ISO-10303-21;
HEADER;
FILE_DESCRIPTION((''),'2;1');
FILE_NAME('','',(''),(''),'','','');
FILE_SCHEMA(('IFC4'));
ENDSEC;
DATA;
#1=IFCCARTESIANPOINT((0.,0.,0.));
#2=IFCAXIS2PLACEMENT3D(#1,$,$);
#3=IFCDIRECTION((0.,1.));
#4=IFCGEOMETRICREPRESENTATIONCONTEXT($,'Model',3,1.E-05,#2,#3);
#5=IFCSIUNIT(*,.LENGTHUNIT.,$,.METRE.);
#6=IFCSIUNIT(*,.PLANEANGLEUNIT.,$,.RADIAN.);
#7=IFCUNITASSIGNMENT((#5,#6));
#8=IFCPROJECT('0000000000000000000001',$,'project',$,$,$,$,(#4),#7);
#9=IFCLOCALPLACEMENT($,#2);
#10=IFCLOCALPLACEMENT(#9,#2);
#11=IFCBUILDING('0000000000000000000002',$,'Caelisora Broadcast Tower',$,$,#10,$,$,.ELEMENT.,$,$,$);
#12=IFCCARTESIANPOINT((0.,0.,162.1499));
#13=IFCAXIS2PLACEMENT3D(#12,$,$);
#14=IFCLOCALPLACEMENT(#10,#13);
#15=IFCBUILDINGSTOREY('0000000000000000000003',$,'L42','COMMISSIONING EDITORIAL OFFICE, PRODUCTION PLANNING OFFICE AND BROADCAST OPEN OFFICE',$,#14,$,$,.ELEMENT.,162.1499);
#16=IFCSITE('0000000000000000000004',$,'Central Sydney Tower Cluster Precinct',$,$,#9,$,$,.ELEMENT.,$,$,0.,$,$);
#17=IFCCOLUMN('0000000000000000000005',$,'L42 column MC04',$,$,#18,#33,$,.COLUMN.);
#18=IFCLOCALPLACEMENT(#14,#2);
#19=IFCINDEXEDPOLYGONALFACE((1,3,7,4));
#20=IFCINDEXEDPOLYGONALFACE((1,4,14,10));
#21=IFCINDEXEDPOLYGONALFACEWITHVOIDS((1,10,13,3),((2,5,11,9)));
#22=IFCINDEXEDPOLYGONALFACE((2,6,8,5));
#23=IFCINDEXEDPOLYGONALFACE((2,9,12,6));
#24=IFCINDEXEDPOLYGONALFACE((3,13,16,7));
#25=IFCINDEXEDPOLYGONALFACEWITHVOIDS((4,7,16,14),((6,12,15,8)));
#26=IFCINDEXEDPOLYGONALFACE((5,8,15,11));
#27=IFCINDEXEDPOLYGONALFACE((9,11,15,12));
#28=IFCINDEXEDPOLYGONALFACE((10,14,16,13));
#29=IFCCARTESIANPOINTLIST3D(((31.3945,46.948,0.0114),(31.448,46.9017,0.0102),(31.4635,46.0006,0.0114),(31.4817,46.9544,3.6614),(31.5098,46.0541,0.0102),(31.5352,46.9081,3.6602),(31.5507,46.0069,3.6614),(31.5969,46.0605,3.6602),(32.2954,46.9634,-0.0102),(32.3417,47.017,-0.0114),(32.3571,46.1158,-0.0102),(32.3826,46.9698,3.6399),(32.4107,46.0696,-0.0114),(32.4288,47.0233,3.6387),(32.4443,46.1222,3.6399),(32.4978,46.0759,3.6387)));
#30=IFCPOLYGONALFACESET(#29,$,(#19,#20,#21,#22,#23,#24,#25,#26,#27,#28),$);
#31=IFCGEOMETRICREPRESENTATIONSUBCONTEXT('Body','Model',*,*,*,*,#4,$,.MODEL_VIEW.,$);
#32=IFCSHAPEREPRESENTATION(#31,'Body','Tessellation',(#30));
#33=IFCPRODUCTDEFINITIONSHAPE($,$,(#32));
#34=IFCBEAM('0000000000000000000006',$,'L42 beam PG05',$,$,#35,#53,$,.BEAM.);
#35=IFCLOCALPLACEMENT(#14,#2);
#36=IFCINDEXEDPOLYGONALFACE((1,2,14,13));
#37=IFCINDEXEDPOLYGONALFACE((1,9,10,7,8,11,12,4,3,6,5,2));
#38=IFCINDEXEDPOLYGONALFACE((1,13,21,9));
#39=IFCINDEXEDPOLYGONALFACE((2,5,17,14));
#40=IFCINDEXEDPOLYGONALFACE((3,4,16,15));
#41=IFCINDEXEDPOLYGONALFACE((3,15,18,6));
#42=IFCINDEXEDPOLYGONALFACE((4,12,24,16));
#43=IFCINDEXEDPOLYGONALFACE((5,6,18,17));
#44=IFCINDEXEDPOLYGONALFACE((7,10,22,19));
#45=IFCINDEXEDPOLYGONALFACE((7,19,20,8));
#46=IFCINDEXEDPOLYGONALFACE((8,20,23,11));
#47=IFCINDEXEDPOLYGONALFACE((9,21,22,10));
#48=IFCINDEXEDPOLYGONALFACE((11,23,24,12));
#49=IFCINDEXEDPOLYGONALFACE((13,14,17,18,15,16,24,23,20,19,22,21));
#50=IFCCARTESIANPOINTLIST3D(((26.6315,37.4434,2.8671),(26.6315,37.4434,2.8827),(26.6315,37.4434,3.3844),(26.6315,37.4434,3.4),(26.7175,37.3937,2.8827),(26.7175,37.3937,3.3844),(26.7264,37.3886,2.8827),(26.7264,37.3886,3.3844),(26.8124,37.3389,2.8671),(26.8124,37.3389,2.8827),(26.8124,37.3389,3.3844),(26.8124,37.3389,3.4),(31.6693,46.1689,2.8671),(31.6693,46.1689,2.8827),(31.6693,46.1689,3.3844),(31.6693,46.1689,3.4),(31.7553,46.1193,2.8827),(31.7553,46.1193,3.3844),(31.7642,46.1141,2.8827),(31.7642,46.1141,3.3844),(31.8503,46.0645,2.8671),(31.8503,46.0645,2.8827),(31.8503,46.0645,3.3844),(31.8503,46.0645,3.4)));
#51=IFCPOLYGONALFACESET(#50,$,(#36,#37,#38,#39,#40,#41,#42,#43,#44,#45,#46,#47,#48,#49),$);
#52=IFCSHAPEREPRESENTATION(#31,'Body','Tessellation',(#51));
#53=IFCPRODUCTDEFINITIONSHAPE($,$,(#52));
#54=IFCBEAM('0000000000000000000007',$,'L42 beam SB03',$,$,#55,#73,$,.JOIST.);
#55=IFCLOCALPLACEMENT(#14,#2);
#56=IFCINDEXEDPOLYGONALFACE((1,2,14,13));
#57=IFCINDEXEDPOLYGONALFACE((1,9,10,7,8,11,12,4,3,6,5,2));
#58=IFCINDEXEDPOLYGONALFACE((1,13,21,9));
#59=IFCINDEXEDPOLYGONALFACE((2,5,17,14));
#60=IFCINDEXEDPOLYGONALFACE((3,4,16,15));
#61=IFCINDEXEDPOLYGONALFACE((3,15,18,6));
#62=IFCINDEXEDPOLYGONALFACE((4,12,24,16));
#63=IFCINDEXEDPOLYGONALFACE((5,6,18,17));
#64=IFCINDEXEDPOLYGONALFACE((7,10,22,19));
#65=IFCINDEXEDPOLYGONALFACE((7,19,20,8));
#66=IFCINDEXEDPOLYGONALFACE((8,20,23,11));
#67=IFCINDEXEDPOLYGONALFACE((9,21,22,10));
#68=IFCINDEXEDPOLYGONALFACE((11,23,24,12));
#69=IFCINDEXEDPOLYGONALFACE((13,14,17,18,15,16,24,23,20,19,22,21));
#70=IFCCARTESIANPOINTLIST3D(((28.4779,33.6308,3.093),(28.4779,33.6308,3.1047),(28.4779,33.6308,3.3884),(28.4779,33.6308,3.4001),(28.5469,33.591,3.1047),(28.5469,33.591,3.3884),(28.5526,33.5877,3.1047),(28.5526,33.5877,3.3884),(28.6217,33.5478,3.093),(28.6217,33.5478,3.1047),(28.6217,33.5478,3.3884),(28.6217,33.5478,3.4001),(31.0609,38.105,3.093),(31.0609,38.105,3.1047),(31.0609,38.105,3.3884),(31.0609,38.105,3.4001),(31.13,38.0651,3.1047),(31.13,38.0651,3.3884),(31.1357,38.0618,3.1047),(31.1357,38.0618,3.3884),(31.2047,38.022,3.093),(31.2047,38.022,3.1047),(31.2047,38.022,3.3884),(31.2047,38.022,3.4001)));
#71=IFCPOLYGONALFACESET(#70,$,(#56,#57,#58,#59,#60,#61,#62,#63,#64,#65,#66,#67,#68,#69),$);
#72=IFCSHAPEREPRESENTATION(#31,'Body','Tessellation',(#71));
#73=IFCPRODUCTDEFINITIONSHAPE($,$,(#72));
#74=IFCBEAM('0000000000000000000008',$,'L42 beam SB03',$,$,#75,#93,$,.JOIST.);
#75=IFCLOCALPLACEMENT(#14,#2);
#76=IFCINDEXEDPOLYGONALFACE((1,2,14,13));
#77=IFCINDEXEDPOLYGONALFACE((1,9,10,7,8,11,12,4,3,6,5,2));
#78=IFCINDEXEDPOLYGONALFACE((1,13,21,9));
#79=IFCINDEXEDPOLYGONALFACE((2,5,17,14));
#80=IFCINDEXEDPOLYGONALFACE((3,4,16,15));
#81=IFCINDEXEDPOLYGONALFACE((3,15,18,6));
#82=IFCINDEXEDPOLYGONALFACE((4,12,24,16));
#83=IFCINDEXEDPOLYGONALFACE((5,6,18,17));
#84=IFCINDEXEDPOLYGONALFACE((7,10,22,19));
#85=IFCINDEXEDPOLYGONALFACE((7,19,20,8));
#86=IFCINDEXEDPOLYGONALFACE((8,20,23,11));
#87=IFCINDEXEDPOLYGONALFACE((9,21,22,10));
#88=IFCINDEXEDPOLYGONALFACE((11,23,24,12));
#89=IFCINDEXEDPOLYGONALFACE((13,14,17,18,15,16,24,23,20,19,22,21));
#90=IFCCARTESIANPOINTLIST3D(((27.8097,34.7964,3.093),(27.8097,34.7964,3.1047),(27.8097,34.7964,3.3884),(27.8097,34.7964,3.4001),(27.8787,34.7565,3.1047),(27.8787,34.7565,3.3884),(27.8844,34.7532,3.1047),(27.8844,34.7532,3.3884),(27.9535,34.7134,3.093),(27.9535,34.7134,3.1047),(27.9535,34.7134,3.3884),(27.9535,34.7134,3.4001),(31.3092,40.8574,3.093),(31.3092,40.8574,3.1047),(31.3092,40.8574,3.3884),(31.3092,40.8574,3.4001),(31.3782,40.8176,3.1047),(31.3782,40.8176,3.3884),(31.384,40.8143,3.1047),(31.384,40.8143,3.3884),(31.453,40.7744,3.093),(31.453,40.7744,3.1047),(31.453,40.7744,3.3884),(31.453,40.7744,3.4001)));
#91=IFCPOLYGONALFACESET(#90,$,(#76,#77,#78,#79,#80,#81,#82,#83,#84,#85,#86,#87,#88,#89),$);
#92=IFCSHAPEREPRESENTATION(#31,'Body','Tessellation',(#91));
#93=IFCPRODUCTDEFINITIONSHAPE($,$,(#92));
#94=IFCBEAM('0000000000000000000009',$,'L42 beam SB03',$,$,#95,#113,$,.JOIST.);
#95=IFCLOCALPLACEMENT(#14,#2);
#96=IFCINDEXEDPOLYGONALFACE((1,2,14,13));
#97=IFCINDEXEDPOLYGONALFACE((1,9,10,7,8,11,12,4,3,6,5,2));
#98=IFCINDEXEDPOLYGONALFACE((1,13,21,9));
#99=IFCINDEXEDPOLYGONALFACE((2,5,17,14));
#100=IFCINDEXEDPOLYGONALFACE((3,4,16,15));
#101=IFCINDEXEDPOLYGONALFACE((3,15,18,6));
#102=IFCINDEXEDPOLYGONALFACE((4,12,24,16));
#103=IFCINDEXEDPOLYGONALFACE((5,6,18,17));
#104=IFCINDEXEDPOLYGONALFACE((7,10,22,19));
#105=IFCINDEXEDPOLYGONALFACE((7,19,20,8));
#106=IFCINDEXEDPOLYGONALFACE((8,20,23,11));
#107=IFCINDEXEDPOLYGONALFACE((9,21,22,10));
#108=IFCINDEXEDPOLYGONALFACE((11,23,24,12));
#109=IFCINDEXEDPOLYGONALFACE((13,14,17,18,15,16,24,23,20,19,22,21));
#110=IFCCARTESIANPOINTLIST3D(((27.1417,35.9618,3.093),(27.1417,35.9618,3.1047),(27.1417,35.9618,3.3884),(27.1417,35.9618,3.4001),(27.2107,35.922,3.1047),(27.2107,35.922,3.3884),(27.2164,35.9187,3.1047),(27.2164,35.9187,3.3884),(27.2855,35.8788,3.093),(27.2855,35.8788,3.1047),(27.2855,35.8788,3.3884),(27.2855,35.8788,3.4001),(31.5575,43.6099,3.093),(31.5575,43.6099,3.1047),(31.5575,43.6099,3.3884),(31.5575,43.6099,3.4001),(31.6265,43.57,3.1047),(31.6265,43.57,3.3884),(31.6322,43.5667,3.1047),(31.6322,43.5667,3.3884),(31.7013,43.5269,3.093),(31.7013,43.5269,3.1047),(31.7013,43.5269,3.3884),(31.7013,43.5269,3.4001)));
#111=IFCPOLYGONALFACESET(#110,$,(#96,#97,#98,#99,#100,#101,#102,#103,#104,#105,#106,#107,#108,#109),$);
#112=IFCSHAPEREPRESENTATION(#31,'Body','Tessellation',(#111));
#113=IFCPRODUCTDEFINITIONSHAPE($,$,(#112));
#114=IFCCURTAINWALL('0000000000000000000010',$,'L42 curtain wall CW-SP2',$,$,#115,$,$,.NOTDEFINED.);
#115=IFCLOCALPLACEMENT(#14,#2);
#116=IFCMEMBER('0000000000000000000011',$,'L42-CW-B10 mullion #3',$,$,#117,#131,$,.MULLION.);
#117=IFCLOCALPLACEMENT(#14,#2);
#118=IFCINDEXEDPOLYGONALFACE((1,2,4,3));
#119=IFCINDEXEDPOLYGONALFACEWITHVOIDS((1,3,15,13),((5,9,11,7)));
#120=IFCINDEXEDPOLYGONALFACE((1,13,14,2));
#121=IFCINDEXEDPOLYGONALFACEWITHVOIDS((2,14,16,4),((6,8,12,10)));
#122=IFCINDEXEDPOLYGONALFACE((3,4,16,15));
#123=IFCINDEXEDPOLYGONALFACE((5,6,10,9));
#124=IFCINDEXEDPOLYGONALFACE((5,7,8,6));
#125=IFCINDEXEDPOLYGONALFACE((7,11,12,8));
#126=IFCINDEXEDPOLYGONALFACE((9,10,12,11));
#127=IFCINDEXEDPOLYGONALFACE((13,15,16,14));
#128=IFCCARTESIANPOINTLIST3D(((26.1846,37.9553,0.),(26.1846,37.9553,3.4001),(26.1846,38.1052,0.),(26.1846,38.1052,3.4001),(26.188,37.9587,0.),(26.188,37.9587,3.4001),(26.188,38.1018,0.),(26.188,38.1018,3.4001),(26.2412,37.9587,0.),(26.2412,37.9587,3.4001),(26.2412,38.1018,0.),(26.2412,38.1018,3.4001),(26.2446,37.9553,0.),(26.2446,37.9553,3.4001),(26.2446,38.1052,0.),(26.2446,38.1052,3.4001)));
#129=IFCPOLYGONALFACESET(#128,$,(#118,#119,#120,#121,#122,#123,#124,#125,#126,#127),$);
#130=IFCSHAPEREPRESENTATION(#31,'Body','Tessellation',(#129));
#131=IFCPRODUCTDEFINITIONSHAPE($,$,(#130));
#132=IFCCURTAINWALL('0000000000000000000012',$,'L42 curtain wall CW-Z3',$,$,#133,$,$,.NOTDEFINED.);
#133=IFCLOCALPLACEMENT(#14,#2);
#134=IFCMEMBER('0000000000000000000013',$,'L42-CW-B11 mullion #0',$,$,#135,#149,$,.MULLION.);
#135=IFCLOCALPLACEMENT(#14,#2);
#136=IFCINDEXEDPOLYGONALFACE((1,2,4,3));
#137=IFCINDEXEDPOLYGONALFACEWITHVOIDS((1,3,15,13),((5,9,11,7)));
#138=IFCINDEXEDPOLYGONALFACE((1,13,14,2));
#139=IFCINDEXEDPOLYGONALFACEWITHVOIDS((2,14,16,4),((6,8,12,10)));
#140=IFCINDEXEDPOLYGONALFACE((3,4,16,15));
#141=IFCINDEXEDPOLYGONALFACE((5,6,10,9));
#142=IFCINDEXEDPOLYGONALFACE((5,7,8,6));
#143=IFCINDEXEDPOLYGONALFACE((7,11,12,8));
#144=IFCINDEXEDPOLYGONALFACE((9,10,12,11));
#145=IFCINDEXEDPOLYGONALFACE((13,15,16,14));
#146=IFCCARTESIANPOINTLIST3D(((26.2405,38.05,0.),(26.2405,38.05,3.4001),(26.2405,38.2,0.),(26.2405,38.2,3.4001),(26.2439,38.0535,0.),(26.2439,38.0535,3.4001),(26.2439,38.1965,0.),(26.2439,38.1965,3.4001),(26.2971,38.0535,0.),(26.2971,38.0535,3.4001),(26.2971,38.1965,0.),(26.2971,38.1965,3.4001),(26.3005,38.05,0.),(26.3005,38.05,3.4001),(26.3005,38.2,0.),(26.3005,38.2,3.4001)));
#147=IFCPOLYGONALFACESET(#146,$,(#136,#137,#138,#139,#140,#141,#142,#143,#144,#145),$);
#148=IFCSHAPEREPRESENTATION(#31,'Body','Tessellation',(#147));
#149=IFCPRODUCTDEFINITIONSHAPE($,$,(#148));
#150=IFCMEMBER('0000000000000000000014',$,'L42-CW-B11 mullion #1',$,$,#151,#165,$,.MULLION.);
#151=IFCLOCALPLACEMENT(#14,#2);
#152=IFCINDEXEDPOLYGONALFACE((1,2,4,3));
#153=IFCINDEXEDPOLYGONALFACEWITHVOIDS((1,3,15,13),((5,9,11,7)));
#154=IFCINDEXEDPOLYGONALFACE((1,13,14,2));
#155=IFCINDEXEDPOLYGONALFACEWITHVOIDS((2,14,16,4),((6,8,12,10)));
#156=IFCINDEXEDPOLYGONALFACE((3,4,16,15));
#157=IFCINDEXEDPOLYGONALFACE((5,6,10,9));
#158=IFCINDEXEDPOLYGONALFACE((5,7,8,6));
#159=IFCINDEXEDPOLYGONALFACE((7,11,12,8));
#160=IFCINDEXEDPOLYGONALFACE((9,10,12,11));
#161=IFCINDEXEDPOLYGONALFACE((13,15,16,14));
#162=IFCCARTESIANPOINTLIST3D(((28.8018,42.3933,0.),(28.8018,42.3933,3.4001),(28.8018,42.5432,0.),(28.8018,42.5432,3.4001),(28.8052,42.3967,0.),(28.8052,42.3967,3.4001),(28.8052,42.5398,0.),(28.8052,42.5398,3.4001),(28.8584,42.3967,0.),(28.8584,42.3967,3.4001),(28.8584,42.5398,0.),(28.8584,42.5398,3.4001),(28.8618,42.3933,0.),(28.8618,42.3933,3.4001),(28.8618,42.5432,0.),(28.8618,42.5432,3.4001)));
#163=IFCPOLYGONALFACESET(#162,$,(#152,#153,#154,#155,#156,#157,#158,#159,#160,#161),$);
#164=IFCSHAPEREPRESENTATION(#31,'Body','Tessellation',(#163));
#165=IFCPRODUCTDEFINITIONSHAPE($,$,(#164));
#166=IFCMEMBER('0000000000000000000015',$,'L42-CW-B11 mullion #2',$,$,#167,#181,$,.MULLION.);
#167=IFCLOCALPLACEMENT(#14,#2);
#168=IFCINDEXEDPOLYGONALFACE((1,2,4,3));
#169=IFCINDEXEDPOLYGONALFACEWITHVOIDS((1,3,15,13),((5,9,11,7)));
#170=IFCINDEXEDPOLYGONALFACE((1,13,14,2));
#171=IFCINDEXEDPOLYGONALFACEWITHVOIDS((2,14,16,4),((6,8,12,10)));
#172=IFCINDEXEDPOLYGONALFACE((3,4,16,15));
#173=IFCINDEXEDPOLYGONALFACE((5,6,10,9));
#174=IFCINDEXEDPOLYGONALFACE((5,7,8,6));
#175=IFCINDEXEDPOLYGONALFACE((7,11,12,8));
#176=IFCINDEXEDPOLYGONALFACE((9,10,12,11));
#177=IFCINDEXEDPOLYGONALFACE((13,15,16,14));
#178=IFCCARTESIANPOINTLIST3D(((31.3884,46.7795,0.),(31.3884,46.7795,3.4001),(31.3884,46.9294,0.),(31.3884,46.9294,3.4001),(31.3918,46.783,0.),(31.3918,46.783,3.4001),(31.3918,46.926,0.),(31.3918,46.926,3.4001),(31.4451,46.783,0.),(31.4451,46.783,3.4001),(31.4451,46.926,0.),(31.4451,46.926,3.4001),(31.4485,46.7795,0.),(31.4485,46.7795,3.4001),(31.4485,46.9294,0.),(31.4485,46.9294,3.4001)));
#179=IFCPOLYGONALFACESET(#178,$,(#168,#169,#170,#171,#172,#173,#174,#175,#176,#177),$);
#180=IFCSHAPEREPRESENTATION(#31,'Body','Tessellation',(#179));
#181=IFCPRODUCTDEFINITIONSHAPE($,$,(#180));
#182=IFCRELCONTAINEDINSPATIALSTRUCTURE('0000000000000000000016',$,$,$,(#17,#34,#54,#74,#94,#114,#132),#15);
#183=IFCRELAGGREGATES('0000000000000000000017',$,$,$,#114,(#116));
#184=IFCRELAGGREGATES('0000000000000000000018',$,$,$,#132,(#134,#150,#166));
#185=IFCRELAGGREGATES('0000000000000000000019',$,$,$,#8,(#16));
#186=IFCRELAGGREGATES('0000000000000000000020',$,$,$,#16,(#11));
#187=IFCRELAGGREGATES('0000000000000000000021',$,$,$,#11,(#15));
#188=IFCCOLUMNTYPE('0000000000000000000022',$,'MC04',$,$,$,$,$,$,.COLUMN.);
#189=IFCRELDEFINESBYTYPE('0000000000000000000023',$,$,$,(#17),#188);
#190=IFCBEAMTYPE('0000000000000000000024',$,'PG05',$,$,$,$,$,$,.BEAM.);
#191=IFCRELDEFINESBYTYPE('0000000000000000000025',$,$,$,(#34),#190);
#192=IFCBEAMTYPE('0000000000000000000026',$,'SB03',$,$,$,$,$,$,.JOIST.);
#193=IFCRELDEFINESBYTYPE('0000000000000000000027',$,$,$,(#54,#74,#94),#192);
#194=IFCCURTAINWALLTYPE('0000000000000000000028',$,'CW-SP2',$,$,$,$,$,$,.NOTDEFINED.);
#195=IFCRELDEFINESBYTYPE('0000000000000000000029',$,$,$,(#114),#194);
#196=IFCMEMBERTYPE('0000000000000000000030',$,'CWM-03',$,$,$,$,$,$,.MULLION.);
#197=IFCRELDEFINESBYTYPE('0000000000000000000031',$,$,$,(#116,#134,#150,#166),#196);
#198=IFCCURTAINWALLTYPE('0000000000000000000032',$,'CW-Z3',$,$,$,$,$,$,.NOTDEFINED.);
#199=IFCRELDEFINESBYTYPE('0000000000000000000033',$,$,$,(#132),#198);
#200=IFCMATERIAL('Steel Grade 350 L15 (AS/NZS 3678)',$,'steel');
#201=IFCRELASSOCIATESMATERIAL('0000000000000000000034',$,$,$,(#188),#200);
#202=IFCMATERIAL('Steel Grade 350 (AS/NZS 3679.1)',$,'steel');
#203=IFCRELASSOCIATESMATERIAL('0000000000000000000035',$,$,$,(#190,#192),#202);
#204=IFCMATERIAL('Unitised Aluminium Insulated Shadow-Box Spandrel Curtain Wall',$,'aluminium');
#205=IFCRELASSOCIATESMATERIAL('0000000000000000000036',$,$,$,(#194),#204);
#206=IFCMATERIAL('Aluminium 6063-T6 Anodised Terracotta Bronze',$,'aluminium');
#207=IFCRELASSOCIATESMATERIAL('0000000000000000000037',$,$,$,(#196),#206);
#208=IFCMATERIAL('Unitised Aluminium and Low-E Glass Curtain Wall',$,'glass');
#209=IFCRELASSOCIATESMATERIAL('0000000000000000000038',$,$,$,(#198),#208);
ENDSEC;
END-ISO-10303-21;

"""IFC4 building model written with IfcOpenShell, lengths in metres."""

from ifc_helpers import new_model, si_unit, direction, frame, origin, origin_2d, place, context, subcontext, project, spatial, hollow_rectangle, i_section, extrude, source, transform, mapped, material, material_profile, profile_set, type_object, type_shapes, element, aggregate, save


model = new_model("IFC4")

# Units and contexts
model_context = context("Model", 3, precision=1e-05, world=origin(), true_north=direction((0.0, 1.0)))
body_context = subcontext(model_context, "Body", "Model", "MODEL_VIEW")
ifc_project = project(units=[si_unit("LENGTHUNIT", "METRE"), si_unit("PLANEANGLEUNIT", "RADIAN")], contexts=[model_context])

# Site, building, storey
site_placement = place(None, origin())
site = spatial("IfcSite", under=ifc_project, at=site_placement, Name="Central Sydney Tower Cluster Precinct", CompositionType="ELEMENT", RefElevation=0.0)
building_placement = place(site_placement, origin())
building = spatial("IfcBuilding", under=site, at=building_placement, Name="Caelisora Broadcast Tower", CompositionType="ELEMENT")
storey_placement = place(building_placement, frame((0.0, 0.0, 162.1499)))
storey = spatial("IfcBuildingStorey", under=building, at=storey_placement, Name="L42", Description="COMMISSIONING EDITORIAL OFFICE, PRODUCTION PLANNING OFFICE AND BROADCAST OPEN OFFICE", CompositionType="ELEMENT", Elevation=162.1499)

# Column
ifc_material_1 = material(Name="Steel Grade 350 L15 (AS/NZS 3678)", Category="steel")
ifc_material_profile_1 = material_profile(ifc_material_1, hollow_rectangle(XDim=0.95, YDim=0.95, WallThickness=0.05, at=origin_2d()), Name="Steel Grade 350 L15 (AS/NZS 3678)")
ifc_profile_set_1 = profile_set([ifc_material_profile_1], Name="Steel Grade 350 L15 (AS/NZS 3678)")
column_type = type_object("IfcColumnType", Name="MC04", PredefinedType="COLUMN", material=ifc_profile_set_1)
shared_shape_1 = source(origin(), body_context, "Body", "SweptSolid", [
    extrude(hollow_rectangle(XDim=0.95, YDim=0.95, WallThickness=0.05, at=origin_2d()), origin(), (0.0, 0.0, 1.0), 3.6511),
])
type_shapes(column_type, [shared_shape_1])
column_placement = place(storey_placement, frame((31.9026, 46.5088, 0.0), z_axis=(0.023871, 0.001739, 0.999714), x_axis=(-0.072637, 0.997358, 0.0)))
element("IfcColumn", 1, at=column_placement, inside=storey, type_object=column_type, Name="L42 column MC04", PredefinedType="COLUMN", context=body_context, shape_type="MappedRepresentation", body=[
    mapped(shared_shape_1, transform((0.0, 0.0, 0.0), scale=1.0)),
])

# Beams
ifc_material_2 = material(Name="Steel Grade 350 (AS/NZS 3679.1)", Category="steel")
ifc_material_profile_2 = material_profile(ifc_material_2, i_section(OverallWidth=0.209, OverallDepth=0.533, WebThickness=0.0103, FlangeThickness=0.0156, at=origin_2d()), Name="Steel Grade 350 (AS/NZS 3679.1)")
ifc_profile_set_2 = profile_set([ifc_material_profile_2], Name="Steel Grade 350 (AS/NZS 3679.1)")
beam_type_1 = type_object("IfcBeamType", Name="PG05", PredefinedType="BEAM", material=ifc_profile_set_2)
shared_shape_2 = source(origin(), body_context, "Body", "SweptSolid", [
    extrude(i_section(OverallWidth=0.209, OverallDepth=0.533, WebThickness=0.0103, FlangeThickness=0.0156, at=origin_2d()), origin(), (0.0, 0.0, 1.0), 10.0754),
])
type_shapes(beam_type_1, [shared_shape_2])
beam_1_placement = place(storey_placement, frame((31.7598, 46.1167, 3.1335), z_axis=(-0.500009, -0.86602, 0.0), x_axis=(0.86602, -0.500009, 0.0)))
element("IfcBeam", 2, at=beam_1_placement, inside=storey, type_object=beam_type_1, Name="L42 beam PG05", PredefinedType="BEAM", context=body_context, shape_type="MappedRepresentation", body=[
    mapped(shared_shape_2, transform((0.0, 0.0, 0.0), scale=1.0)),
])
ifc_material_profile_3 = material_profile(ifc_material_2, i_section(OverallWidth=0.166, OverallDepth=0.3071, WebThickness=0.0066, FlangeThickness=0.0117, at=origin_2d()), Name="Steel Grade 350 (AS/NZS 3679.1)")
ifc_profile_set_3 = profile_set([ifc_material_profile_3], Name="Steel Grade 350 (AS/NZS 3679.1)")
beam_type_2 = type_object("IfcBeamType", Name="SB03", PredefinedType="JOIST", material=ifc_profile_set_3)
shared_shape_3 = source(origin(), body_context, "Body", "SweptSolid", [
    extrude(i_section(OverallWidth=0.166, OverallDepth=0.3071, WebThickness=0.0066, FlangeThickness=0.0117, at=origin_2d()), origin(), (0.0, 0.0, 1.0), 5.1663),
])
beam_2_placement = place(storey_placement, frame((31.1328, 38.0635, 3.2466), z_axis=(-0.499982, -0.866036, 0.0), x_axis=(0.866036, -0.499982, 0.0)))
element("IfcBeam", 3, at=beam_2_placement, inside=storey, type_object=beam_type_2, Name="L42 beam SB03", PredefinedType="JOIST", context=body_context, shape_type="MappedRepresentation", body=[
    mapped(shared_shape_3, transform((0.0, 0.0, 0.0), scale=1.0)),
])
shared_shape_4 = source(origin(), body_context, "Body", "SweptSolid", [
    extrude(i_section(OverallWidth=0.166, OverallDepth=0.3071, WebThickness=0.0066, FlangeThickness=0.0117, at=origin_2d()), origin(), (0.0, 0.0, 1.0), 6.9988),
])
beam_3_placement = place(storey_placement, frame((31.3811, 40.8159, 3.2466), z_axis=(-0.500018, -0.866015, 0.0), x_axis=(0.866015, -0.500018, 0.0)))
element("IfcBeam", 4, at=beam_3_placement, inside=storey, type_object=beam_type_2, Name="L42 beam SB03", PredefinedType="JOIST", context=body_context, shape_type="MappedRepresentation", body=[
    mapped(shared_shape_4, transform((0.0, 0.0, 0.0), scale=1.0)),
])
shared_shape_5 = source(origin(), body_context, "Body", "SweptSolid", [
    extrude(i_section(OverallWidth=0.166, OverallDepth=0.3071, WebThickness=0.0066, FlangeThickness=0.0117, at=origin_2d()), origin(), (0.0, 0.0, 1.0), 8.8313),
])
type_shapes(beam_type_2, [shared_shape_3, shared_shape_4, shared_shape_5])
beam_4_placement = place(storey_placement, frame((31.6294, 43.5684, 3.2466), z_axis=(-0.500019, -0.866014, 0.0), x_axis=(0.866014, -0.500019, 0.0)))
element("IfcBeam", 5, at=beam_4_placement, inside=storey, type_object=beam_type_2, Name="L42 beam SB03", PredefinedType="JOIST", context=body_context, shape_type="MappedRepresentation", body=[
    mapped(shared_shape_5, transform((0.0, 0.0, 0.0), scale=1.0)),
])

# Curtain wall, member
ifc_material_3 = material(Name="Unitised Aluminium Insulated Shadow-Box Spandrel Curtain Wall", Category="aluminium")
curtain_wall_type_1 = type_object("IfcCurtainWallType", Name="CW-SP2", PredefinedType="NOTDEFINED", material=ifc_material_3)
curtain_wall_1_placement = place(storey_placement, origin())
curtain_wall_1 = element("IfcCurtainWall", 6, at=curtain_wall_1_placement, inside=storey, type_object=curtain_wall_type_1, Name="L42 curtain wall CW-SP2", PredefinedType="NOTDEFINED")
ifc_material_4 = material(Name="Aluminium 6063-T6 Anodised Terracotta Bronze", Category="aluminium")
ifc_material_profile_4 = material_profile(ifc_material_4, hollow_rectangle(XDim=0.0601, YDim=0.1499, WallThickness=0.0034, at=origin_2d()), Name="Aluminium 6063-T6 Anodised Terracotta Bronze")
ifc_profile_set_4 = profile_set([ifc_material_profile_4], Name="Aluminium 6063-T6 Anodised Terracotta Bronze")
member_type_1 = type_object("IfcMemberType", Name="CWM-03", PredefinedType="MULLION", material=ifc_profile_set_4)
shared_shape_6 = source(origin(), body_context, "Body", "SweptSolid", [
    extrude(hollow_rectangle(XDim=0.0601, YDim=0.1499, WallThickness=0.0034, at=origin_2d()), origin(), (0.0, 0.0, 1.0), 3.4001),
])
type_shapes(member_type_1, [shared_shape_6])
member_1_placement = place(storey_placement, frame((26.2146, 38.0303, 0.0), z_axis=(0.0, 0.0, 1.0), x_axis=(1.0, 0.0, 0.0)))
member_1 = element("IfcMember", 7, at=member_1_placement, type_object=member_type_1, Name="L42-CW-B10 mullion #3", PredefinedType="MULLION", context=body_context, shape_type="MappedRepresentation", body=[
    mapped(shared_shape_6, transform((0.0, 0.0, 0.0), scale=1.0)),
])
aggregate(curtain_wall_1, [member_1])

# Curtain wall, members
ifc_material_5 = material(Name="Unitised Aluminium and Low-E Glass Curtain Wall", Category="glass")
curtain_wall_type_2 = type_object("IfcCurtainWallType", Name="CW-Z3", PredefinedType="NOTDEFINED", material=ifc_material_5)
curtain_wall_2_placement = place(storey_placement, origin())
curtain_wall_2 = element("IfcCurtainWall", 8, at=curtain_wall_2_placement, inside=storey, type_object=curtain_wall_type_2, Name="L42 curtain wall CW-Z3", PredefinedType="NOTDEFINED")
member_2_placement = place(storey_placement, frame((26.2705, 38.125, 0.0), z_axis=(0.0, 0.0, 1.0), x_axis=(1.0, 0.0, 0.0)))
member_2 = element("IfcMember", 9, at=member_2_placement, type_object=member_type_1, Name="L42-CW-B11 mullion #0", PredefinedType="MULLION", context=body_context, shape_type="MappedRepresentation", body=[
    mapped(shared_shape_6, transform((0.0, 0.0, 0.0), scale=1.0)),
])
member_3_placement = place(storey_placement, frame((28.8318, 42.4683, 0.0), z_axis=(0.0, 0.0, 1.0), x_axis=(1.0, 0.0, 0.0)))
member_3 = element("IfcMember", 10, at=member_3_placement, type_object=member_type_1, Name="L42-CW-B11 mullion #1", PredefinedType="MULLION", context=body_context, shape_type="MappedRepresentation", body=[
    mapped(shared_shape_6, transform((0.0, 0.0, 0.0), scale=1.0)),
])
member_4_placement = place(storey_placement, frame((31.4185, 46.8545, 0.0), z_axis=(0.0, 0.0, 1.0), x_axis=(1.0, 0.0, 0.0)))
member_4 = element("IfcMember", 11, at=member_4_placement, type_object=member_type_1, Name="L42-CW-B11 mullion #2", PredefinedType="MULLION", context=body_context, shape_type="MappedRepresentation", body=[
    mapped(shared_shape_6, transform((0.0, 0.0, 0.0), scale=1.0)),
])
aggregate(curtain_wall_2, [member_2, member_3, member_4])

save(model, "model.ifc")
